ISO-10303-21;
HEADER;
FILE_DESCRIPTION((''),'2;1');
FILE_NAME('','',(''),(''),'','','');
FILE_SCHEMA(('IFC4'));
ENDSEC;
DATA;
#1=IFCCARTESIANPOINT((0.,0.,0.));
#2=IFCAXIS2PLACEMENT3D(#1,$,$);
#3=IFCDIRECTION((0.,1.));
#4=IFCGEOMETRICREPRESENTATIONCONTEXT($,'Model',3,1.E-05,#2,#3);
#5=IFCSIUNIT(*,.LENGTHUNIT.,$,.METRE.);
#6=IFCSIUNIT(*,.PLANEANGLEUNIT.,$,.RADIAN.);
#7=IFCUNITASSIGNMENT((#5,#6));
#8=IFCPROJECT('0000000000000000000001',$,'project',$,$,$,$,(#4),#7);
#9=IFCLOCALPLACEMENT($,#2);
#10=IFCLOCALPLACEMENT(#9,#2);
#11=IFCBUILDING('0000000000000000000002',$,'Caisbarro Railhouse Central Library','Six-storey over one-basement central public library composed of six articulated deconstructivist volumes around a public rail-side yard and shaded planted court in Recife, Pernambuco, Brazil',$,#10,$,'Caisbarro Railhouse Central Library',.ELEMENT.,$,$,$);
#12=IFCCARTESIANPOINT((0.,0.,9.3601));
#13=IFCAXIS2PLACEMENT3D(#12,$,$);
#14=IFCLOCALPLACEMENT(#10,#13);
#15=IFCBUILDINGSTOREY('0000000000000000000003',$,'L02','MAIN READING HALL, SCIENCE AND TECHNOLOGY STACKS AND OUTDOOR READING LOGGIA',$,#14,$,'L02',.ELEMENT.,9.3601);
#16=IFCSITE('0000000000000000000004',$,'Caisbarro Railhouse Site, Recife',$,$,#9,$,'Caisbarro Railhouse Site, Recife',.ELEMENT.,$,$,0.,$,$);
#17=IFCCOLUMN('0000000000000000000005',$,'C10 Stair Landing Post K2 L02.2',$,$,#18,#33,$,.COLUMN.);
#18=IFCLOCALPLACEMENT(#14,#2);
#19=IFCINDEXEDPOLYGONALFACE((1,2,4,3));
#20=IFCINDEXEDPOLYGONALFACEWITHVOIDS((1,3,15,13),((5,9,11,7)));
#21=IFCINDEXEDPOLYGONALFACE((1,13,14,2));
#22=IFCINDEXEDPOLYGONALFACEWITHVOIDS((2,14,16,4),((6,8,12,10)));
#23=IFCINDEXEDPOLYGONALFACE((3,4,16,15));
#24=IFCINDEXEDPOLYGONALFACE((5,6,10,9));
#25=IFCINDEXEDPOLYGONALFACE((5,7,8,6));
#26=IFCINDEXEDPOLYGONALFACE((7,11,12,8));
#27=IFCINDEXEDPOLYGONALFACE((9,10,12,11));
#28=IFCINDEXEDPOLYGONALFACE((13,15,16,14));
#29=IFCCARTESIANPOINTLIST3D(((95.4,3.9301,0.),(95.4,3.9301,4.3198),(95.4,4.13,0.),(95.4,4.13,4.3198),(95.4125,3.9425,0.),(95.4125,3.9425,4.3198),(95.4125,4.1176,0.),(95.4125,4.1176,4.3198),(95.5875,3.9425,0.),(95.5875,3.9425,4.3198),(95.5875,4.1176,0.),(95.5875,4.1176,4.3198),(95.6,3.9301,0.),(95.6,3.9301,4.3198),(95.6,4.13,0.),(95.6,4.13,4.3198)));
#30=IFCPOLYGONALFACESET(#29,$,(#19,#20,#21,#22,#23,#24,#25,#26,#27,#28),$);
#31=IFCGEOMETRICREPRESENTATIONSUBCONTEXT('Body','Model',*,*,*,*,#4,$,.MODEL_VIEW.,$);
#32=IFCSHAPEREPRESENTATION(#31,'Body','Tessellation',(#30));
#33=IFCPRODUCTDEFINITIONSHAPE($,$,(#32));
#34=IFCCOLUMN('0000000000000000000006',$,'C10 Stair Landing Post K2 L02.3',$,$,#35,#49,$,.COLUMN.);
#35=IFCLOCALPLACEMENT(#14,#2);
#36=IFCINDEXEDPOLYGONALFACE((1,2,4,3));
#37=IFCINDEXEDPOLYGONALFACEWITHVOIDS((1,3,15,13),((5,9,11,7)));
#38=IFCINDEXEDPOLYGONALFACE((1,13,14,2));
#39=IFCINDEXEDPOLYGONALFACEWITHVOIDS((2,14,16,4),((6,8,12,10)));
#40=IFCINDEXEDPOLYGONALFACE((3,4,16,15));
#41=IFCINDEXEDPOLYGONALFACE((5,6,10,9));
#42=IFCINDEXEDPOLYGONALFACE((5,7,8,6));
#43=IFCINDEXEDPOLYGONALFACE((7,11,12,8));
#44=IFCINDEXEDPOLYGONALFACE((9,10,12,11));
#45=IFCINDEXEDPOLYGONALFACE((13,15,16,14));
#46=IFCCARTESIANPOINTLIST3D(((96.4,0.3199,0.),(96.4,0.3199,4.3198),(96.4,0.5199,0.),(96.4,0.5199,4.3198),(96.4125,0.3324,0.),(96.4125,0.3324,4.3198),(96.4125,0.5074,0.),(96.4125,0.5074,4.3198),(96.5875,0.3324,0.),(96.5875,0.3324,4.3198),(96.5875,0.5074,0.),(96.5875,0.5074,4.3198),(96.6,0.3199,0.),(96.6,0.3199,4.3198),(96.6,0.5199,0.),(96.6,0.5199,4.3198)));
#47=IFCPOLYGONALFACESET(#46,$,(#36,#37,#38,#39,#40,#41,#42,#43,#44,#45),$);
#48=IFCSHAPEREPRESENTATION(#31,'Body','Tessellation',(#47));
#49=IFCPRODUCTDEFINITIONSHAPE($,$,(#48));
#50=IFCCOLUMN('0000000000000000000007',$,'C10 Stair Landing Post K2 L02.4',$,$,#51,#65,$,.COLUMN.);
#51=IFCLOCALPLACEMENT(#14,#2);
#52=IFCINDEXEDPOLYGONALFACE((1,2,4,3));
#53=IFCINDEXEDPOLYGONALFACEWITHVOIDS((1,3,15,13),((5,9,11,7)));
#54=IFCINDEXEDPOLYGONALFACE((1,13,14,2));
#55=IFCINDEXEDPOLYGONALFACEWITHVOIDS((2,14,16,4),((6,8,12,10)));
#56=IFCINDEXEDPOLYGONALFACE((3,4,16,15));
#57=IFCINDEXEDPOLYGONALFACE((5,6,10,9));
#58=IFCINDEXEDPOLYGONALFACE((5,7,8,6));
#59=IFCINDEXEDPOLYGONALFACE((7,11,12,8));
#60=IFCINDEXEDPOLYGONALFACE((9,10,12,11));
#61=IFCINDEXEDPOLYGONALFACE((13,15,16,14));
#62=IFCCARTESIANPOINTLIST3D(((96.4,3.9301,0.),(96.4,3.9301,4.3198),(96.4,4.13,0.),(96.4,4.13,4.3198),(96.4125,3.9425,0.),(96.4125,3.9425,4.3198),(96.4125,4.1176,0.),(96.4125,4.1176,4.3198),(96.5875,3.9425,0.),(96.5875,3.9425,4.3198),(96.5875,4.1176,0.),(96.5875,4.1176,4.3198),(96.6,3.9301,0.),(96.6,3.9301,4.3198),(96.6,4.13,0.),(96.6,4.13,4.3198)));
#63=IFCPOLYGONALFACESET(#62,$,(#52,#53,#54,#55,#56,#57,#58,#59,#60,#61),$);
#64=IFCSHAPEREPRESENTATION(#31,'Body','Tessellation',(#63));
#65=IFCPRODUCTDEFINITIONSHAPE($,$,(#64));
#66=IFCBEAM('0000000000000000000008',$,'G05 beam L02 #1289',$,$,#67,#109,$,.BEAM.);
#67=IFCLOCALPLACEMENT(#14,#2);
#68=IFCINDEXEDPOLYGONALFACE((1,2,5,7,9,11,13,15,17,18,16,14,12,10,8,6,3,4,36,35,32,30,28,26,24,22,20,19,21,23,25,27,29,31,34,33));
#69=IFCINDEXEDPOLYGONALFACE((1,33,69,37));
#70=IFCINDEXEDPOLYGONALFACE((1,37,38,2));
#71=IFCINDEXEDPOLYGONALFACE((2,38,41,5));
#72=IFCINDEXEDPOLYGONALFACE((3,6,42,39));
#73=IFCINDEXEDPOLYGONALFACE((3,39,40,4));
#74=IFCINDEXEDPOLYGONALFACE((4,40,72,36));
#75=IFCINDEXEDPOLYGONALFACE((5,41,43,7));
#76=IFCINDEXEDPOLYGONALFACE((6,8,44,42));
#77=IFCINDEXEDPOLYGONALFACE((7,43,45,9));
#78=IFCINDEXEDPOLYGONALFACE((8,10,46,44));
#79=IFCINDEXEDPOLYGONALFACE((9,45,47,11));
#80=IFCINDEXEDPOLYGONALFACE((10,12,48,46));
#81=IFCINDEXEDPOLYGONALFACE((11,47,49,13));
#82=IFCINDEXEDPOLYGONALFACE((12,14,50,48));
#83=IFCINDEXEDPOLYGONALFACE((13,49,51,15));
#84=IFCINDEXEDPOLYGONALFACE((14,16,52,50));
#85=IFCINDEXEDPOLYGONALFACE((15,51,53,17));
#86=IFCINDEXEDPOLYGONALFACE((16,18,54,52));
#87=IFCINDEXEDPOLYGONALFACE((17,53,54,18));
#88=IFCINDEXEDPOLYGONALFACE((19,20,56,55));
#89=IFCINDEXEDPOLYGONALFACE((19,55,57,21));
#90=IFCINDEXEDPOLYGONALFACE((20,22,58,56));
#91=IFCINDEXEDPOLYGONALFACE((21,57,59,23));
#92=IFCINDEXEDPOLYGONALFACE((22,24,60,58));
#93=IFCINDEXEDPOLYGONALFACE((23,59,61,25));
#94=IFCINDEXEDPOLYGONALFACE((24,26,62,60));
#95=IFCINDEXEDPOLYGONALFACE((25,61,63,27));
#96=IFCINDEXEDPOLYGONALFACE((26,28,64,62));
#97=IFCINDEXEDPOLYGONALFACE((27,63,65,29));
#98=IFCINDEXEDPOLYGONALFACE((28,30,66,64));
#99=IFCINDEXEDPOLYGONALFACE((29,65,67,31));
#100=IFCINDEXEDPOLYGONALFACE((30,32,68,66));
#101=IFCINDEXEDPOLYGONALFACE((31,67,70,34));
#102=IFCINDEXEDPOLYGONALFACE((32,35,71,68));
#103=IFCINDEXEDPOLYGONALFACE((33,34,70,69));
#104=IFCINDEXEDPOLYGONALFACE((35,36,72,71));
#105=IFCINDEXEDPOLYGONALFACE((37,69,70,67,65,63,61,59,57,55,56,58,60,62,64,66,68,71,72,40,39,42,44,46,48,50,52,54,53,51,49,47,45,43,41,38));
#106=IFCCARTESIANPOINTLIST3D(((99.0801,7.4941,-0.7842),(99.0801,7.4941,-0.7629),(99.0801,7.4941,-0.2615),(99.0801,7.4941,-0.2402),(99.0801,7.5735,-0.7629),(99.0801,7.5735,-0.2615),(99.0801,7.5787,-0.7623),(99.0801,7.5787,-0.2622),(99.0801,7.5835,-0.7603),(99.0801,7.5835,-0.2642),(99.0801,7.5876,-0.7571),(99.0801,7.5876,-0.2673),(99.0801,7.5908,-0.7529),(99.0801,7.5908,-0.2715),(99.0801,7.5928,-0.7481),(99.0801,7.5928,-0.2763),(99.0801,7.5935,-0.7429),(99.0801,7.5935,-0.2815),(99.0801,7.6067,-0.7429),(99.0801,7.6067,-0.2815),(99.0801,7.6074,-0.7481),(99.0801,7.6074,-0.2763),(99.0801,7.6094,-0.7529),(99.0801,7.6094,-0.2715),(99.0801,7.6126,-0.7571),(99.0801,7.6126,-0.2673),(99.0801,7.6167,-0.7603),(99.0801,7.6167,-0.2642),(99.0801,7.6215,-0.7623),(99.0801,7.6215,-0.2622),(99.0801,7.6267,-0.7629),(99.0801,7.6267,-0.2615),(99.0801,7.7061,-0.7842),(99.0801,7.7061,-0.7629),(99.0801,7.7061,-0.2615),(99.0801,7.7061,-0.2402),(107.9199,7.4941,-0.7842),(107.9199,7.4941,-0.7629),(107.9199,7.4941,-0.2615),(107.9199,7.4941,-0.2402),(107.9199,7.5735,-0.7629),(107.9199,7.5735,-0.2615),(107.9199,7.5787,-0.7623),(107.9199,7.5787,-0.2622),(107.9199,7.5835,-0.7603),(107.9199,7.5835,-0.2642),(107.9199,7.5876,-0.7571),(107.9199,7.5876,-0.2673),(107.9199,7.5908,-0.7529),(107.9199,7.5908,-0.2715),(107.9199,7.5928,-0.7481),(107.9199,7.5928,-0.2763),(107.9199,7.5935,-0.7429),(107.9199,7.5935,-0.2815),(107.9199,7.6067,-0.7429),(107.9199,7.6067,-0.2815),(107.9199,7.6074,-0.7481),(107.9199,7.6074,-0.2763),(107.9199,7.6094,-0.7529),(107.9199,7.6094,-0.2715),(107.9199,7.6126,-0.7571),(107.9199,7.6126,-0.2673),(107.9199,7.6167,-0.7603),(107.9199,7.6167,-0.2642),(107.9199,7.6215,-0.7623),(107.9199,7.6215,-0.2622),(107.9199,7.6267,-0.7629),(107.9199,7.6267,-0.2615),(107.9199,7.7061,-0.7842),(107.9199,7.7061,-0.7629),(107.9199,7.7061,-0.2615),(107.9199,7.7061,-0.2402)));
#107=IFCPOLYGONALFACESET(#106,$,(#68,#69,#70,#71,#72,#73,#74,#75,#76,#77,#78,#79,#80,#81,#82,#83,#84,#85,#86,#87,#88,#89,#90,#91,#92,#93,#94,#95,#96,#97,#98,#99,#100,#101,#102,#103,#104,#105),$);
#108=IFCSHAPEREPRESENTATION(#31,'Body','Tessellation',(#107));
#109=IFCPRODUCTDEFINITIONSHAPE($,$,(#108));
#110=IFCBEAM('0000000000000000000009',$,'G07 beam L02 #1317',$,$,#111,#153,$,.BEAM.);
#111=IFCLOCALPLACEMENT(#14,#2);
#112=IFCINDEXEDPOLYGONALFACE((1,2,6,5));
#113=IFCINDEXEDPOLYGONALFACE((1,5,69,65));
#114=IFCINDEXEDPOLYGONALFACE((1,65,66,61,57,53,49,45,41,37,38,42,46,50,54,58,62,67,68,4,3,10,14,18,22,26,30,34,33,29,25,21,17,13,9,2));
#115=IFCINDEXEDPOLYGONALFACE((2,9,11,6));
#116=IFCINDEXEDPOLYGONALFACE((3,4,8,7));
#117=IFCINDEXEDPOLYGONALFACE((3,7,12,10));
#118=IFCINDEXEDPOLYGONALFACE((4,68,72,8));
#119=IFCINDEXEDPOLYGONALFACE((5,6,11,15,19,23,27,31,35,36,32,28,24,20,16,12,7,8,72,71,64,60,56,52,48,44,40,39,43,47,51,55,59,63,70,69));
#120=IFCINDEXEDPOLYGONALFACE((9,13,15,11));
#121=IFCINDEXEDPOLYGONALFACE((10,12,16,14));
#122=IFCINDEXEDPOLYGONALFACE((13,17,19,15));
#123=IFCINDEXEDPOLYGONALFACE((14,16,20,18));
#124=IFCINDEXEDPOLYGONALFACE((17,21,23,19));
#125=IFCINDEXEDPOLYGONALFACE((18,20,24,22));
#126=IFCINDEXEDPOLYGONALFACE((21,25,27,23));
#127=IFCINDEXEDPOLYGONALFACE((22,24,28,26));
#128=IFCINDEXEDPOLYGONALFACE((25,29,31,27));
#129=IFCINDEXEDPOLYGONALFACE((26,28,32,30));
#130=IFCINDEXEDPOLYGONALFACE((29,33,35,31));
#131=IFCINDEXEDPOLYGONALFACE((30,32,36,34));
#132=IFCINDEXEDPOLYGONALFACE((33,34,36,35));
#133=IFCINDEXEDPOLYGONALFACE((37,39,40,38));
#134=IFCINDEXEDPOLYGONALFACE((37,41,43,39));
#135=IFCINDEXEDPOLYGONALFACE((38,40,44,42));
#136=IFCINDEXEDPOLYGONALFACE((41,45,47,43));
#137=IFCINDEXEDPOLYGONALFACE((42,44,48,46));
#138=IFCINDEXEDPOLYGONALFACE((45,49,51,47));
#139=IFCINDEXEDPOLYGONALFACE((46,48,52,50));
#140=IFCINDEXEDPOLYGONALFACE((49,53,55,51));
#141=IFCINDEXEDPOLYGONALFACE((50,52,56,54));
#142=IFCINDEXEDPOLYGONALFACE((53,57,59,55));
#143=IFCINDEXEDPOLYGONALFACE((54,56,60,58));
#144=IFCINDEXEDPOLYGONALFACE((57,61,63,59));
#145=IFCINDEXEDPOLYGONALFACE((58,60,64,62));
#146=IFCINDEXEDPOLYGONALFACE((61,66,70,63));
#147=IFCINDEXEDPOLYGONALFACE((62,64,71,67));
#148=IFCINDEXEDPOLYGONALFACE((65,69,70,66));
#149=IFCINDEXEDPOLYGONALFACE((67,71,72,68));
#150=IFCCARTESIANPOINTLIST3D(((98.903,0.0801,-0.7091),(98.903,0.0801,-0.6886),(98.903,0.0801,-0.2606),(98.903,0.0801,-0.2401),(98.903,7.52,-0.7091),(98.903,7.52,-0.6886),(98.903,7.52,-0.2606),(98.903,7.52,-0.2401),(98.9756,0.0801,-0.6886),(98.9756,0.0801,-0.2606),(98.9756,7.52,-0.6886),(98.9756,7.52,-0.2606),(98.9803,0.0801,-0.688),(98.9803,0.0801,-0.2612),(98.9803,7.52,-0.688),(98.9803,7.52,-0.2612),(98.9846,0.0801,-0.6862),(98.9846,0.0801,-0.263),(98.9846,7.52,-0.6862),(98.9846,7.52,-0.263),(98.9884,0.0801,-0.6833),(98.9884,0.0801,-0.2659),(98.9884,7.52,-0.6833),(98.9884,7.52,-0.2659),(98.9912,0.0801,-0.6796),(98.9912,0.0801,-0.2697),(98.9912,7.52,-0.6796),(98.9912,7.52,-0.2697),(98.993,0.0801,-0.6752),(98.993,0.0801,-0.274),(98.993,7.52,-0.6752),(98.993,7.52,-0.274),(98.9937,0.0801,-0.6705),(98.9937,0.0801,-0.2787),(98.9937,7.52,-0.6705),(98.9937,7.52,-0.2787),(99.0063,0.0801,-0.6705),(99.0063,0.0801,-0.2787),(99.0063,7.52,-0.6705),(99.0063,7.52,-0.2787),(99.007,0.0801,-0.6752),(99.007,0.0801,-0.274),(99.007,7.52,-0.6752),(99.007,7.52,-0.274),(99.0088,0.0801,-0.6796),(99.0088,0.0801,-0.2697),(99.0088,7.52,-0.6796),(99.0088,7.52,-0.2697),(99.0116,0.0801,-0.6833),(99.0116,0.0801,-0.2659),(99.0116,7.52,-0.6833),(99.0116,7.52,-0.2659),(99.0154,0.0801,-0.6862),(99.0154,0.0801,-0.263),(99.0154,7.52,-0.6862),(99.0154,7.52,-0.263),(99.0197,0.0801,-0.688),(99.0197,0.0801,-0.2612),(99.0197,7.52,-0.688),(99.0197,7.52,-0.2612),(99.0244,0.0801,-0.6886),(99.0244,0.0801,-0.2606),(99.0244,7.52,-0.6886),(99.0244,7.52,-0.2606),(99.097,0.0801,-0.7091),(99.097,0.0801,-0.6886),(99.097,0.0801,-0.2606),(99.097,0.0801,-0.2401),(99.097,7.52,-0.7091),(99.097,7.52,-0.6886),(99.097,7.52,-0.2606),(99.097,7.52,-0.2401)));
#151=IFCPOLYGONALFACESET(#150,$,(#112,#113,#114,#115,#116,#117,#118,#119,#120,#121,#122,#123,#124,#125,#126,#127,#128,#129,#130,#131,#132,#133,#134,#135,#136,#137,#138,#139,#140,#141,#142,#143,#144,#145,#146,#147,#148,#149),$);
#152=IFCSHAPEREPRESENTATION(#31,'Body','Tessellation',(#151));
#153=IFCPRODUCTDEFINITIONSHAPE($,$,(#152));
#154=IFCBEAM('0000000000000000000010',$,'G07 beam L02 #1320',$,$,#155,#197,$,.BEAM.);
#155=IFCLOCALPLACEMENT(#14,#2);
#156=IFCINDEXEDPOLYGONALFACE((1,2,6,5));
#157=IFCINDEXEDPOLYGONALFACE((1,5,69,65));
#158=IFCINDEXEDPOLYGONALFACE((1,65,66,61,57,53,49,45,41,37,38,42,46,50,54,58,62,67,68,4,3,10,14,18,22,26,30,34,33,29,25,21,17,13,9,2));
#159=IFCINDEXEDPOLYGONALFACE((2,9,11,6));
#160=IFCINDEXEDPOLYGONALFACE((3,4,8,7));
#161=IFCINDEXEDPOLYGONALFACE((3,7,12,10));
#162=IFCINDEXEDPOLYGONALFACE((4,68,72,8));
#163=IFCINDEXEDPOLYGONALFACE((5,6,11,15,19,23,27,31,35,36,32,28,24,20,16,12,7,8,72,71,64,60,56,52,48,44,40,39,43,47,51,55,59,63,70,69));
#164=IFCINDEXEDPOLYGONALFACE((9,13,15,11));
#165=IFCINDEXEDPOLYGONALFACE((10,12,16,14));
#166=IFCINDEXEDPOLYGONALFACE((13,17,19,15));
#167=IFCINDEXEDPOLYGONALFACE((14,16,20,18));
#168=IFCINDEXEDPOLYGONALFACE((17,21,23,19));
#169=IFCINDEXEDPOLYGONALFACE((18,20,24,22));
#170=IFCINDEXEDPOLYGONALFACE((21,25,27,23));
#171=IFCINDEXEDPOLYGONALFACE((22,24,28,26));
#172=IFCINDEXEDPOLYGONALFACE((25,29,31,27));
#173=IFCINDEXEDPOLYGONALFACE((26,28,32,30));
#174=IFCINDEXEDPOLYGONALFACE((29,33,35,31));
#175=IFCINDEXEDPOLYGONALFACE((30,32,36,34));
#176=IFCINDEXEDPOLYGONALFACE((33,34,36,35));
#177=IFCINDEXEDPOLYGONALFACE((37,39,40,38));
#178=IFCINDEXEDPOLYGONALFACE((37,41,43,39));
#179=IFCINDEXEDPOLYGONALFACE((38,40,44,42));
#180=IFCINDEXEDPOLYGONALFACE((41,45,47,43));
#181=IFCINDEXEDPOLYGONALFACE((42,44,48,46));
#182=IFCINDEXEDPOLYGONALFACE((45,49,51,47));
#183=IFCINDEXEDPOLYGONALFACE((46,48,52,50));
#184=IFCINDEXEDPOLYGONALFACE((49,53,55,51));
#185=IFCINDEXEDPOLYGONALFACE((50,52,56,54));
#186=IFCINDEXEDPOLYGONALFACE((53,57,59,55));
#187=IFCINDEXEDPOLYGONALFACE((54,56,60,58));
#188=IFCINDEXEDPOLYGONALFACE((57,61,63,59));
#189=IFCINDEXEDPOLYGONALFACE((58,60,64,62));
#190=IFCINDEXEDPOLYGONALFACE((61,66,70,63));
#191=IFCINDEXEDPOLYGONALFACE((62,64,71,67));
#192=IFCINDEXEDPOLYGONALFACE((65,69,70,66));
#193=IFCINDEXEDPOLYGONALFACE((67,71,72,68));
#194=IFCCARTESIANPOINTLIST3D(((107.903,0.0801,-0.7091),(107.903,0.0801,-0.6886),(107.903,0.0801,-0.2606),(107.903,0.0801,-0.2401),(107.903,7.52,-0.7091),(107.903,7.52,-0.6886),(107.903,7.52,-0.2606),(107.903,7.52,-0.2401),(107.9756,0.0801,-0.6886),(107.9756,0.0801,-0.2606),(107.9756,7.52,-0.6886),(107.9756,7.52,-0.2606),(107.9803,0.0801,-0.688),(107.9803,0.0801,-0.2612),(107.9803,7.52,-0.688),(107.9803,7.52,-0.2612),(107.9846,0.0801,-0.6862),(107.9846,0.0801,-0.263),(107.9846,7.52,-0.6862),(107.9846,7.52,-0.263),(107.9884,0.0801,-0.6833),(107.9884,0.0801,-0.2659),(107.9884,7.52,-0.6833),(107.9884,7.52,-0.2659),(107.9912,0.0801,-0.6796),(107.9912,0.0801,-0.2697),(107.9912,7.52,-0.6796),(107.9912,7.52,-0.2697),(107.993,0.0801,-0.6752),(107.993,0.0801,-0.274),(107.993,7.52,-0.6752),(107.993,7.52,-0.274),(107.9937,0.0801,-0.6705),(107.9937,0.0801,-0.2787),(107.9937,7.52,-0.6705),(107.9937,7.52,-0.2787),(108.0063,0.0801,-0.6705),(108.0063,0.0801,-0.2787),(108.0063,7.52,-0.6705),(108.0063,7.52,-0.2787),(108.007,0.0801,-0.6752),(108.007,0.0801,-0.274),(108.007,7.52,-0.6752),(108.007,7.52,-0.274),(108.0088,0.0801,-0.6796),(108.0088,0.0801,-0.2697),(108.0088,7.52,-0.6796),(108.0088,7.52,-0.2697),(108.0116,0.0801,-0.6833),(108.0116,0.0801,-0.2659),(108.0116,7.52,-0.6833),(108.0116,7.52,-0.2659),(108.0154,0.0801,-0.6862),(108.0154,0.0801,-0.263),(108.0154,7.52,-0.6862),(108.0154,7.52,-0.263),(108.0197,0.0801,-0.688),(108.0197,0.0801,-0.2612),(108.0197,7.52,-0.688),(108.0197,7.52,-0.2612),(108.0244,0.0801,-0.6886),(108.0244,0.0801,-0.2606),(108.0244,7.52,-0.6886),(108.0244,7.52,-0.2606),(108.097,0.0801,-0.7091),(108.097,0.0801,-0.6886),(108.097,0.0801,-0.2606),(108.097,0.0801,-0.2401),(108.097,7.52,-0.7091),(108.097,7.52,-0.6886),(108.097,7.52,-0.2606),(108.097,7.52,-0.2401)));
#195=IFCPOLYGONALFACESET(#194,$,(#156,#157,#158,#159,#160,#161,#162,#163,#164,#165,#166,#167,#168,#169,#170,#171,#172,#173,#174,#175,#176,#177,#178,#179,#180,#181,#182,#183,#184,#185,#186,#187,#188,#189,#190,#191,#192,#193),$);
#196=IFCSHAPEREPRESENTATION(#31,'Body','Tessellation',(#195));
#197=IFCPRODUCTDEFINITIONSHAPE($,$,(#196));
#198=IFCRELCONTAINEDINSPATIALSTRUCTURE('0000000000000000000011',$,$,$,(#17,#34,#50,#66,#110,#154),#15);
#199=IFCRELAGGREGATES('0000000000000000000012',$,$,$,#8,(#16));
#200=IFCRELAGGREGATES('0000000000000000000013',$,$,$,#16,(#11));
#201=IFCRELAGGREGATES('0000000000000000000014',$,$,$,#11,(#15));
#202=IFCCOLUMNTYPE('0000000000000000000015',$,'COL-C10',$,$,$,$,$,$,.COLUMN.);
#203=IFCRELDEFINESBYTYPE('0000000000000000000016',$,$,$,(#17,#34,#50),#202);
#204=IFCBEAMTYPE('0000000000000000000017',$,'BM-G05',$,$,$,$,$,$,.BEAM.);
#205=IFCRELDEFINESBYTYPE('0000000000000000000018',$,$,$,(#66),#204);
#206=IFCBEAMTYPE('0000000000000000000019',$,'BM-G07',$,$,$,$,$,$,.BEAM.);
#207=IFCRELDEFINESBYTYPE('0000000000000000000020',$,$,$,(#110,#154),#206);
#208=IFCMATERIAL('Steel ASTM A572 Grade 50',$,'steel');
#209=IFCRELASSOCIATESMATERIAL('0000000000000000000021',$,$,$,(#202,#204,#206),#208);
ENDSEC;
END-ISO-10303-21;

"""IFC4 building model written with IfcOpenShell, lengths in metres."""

from ifc_helpers import new_model, si_unit, direction, frame, origin, origin_2d, place, context, subcontext, project, spatial, hollow_rectangle, i_section, extrude, material, material_profile, profile_set, type_object, element, save


model = new_model("IFC4")

# Units and contexts
model_context = context("Model", 3, precision=1e-05, world=origin(), true_north=direction((0.0, 1.0)))
body_context = subcontext(model_context, "Body", "Model", "MODEL_VIEW")
ifc_project = project(units=[si_unit("LENGTHUNIT", "METRE"), si_unit("PLANEANGLEUNIT", "RADIAN")], contexts=[model_context])

# Site, building, storey
site_placement = place(None, origin())
site = spatial("IfcSite", under=ifc_project, at=site_placement, Name="Caisbarro Railhouse Site, Recife", LongName="Caisbarro Railhouse Site, Recife", CompositionType="ELEMENT", RefElevation=0.0)
building_placement = place(site_placement, origin())
building = spatial("IfcBuilding", under=site, at=building_placement, Name="Caisbarro Railhouse Central Library", Description="Six-storey over one-basement central public library composed of six articulated deconstructivist volumes around a public rail-side yard and shaded planted court in Recife, Pernambuco, Brazil", LongName="Caisbarro Railhouse Central Library", CompositionType="ELEMENT")
storey_placement = place(building_placement, frame((0.0, 0.0, 9.3601)))
storey = spatial("IfcBuildingStorey", under=building, at=storey_placement, Name="L02", Description="MAIN READING HALL, SCIENCE AND TECHNOLOGY STACKS AND OUTDOOR READING LOGGIA", LongName="L02", CompositionType="ELEMENT", Elevation=9.3601)

# Columns
ifc_material_1 = material(Name="Steel ASTM A572 Grade 50", Category="steel")
ifc_material_profile_1 = material_profile(ifc_material_1, hollow_rectangle(XDim=0.2, YDim=0.2, WallThickness=0.0125, at=origin_2d()), Name="HSS200X200X12.5")
ifc_profile_set_1 = profile_set([ifc_material_profile_1], Name="Steel ASTM A572 Grade 50")
column_type_1 = type_object("IfcColumnType", Name="COL-C10", PredefinedType="COLUMN", material=ifc_profile_set_1)
for number, where, z_axis, x_axis, name in (
    (1, (95.5, 4.03, 0.0), (0.0, 0.0, 1.0), (1.0, 0.0, 0.0), "C10 Stair Landing Post K2 L02.2"),
    (2, (96.5, 0.4199, 0.0), (0.0, 0.0, 1.0), (1.0, 0.0, 0.0), "C10 Stair Landing Post K2 L02.3"),
    (3, (96.5, 4.03, 0.0), (0.0, 0.0, 1.0), (1.0, 0.0, 0.0), "C10 Stair Landing Post K2 L02.4"),
):
    element("IfcColumn", number, at=place(storey_placement, frame(where, z_axis=z_axis, x_axis=x_axis)), inside=storey, type_object=column_type_1, Name=name, PredefinedType="COLUMN", context=body_context, shape_type="SweptSolid", body=[
        extrude(hollow_rectangle(XDim=0.2, YDim=0.2, WallThickness=0.0125, at=origin_2d()), origin(), (0.0, 0.0, 1.0), 4.3198),
    ])

# Beams
ifc_material_profile_2 = material_profile(ifc_material_1, i_section(OverallWidth=0.2119, OverallDepth=0.5439, WebThickness=0.0132, FlangeThickness=0.0212, FilletRadius=0.02, at=origin_2d()), Name="W530X123.0")
ifc_profile_set_2 = profile_set([ifc_material_profile_2], Name="Steel ASTM A572 Grade 50")
beam_type_1 = type_object("IfcBeamType", Name="BM-G05", PredefinedType="BEAM", material=ifc_profile_set_2)
beam_1_placement = place(storey_placement, frame((99.0801, 7.6001, -0.5122), z_axis=(1.0, 0.0, 0.0), x_axis=(0.0, 1.0, 0.0)))
element("IfcBeam", 4, at=beam_1_placement, inside=storey, type_object=beam_type_1, Name="G05 beam L02 #1289", PredefinedType="BEAM", context=body_context, shape_type="SweptSolid", body=[
    extrude(i_section(OverallWidth=0.2119, OverallDepth=0.5439, WebThickness=0.0132, FlangeThickness=0.0212, FilletRadius=0.02, at=origin_2d()), origin(), (0.0, 0.0, 1.0), 8.8398),
])
ifc_material_profile_3 = material_profile(ifc_material_1, i_section(OverallWidth=0.1941, OverallDepth=0.469, WebThickness=0.0127, FlangeThickness=0.0205, FilletRadius=0.0181, at=origin_2d()), Name="W460X106.0")
ifc_profile_set_3 = profile_set([ifc_material_profile_3], Name="Steel ASTM A572 Grade 50")
beam_type_2 = type_object("IfcBeamType", Name="BM-G07", PredefinedType="BEAM", material=ifc_profile_set_3)
for number, where, z_axis, x_axis, name in (
    (5, (99.0, 0.0801, -0.4746), (0.0, 1.0, 0.0), (-1.0, 0.0, 0.0), "G07 beam L02 #1317"),
    (6, (108.0, 0.0801, -0.4746), (0.0, 1.0, 0.0), (-1.0, 0.0, 0.0), "G07 beam L02 #1320"),
):
    element("IfcBeam", number, at=place(storey_placement, frame(where, z_axis=z_axis, x_axis=x_axis)), inside=storey, type_object=beam_type_2, Name=name, PredefinedType="BEAM", context=body_context, shape_type="SweptSolid", body=[
        extrude(i_section(OverallWidth=0.1941, OverallDepth=0.469, WebThickness=0.0127, FlangeThickness=0.0205, FilletRadius=0.0181, at=origin_2d()), origin(), (0.0, 0.0, 1.0), 7.4399),
    ])

save(model, "model.ifc")
